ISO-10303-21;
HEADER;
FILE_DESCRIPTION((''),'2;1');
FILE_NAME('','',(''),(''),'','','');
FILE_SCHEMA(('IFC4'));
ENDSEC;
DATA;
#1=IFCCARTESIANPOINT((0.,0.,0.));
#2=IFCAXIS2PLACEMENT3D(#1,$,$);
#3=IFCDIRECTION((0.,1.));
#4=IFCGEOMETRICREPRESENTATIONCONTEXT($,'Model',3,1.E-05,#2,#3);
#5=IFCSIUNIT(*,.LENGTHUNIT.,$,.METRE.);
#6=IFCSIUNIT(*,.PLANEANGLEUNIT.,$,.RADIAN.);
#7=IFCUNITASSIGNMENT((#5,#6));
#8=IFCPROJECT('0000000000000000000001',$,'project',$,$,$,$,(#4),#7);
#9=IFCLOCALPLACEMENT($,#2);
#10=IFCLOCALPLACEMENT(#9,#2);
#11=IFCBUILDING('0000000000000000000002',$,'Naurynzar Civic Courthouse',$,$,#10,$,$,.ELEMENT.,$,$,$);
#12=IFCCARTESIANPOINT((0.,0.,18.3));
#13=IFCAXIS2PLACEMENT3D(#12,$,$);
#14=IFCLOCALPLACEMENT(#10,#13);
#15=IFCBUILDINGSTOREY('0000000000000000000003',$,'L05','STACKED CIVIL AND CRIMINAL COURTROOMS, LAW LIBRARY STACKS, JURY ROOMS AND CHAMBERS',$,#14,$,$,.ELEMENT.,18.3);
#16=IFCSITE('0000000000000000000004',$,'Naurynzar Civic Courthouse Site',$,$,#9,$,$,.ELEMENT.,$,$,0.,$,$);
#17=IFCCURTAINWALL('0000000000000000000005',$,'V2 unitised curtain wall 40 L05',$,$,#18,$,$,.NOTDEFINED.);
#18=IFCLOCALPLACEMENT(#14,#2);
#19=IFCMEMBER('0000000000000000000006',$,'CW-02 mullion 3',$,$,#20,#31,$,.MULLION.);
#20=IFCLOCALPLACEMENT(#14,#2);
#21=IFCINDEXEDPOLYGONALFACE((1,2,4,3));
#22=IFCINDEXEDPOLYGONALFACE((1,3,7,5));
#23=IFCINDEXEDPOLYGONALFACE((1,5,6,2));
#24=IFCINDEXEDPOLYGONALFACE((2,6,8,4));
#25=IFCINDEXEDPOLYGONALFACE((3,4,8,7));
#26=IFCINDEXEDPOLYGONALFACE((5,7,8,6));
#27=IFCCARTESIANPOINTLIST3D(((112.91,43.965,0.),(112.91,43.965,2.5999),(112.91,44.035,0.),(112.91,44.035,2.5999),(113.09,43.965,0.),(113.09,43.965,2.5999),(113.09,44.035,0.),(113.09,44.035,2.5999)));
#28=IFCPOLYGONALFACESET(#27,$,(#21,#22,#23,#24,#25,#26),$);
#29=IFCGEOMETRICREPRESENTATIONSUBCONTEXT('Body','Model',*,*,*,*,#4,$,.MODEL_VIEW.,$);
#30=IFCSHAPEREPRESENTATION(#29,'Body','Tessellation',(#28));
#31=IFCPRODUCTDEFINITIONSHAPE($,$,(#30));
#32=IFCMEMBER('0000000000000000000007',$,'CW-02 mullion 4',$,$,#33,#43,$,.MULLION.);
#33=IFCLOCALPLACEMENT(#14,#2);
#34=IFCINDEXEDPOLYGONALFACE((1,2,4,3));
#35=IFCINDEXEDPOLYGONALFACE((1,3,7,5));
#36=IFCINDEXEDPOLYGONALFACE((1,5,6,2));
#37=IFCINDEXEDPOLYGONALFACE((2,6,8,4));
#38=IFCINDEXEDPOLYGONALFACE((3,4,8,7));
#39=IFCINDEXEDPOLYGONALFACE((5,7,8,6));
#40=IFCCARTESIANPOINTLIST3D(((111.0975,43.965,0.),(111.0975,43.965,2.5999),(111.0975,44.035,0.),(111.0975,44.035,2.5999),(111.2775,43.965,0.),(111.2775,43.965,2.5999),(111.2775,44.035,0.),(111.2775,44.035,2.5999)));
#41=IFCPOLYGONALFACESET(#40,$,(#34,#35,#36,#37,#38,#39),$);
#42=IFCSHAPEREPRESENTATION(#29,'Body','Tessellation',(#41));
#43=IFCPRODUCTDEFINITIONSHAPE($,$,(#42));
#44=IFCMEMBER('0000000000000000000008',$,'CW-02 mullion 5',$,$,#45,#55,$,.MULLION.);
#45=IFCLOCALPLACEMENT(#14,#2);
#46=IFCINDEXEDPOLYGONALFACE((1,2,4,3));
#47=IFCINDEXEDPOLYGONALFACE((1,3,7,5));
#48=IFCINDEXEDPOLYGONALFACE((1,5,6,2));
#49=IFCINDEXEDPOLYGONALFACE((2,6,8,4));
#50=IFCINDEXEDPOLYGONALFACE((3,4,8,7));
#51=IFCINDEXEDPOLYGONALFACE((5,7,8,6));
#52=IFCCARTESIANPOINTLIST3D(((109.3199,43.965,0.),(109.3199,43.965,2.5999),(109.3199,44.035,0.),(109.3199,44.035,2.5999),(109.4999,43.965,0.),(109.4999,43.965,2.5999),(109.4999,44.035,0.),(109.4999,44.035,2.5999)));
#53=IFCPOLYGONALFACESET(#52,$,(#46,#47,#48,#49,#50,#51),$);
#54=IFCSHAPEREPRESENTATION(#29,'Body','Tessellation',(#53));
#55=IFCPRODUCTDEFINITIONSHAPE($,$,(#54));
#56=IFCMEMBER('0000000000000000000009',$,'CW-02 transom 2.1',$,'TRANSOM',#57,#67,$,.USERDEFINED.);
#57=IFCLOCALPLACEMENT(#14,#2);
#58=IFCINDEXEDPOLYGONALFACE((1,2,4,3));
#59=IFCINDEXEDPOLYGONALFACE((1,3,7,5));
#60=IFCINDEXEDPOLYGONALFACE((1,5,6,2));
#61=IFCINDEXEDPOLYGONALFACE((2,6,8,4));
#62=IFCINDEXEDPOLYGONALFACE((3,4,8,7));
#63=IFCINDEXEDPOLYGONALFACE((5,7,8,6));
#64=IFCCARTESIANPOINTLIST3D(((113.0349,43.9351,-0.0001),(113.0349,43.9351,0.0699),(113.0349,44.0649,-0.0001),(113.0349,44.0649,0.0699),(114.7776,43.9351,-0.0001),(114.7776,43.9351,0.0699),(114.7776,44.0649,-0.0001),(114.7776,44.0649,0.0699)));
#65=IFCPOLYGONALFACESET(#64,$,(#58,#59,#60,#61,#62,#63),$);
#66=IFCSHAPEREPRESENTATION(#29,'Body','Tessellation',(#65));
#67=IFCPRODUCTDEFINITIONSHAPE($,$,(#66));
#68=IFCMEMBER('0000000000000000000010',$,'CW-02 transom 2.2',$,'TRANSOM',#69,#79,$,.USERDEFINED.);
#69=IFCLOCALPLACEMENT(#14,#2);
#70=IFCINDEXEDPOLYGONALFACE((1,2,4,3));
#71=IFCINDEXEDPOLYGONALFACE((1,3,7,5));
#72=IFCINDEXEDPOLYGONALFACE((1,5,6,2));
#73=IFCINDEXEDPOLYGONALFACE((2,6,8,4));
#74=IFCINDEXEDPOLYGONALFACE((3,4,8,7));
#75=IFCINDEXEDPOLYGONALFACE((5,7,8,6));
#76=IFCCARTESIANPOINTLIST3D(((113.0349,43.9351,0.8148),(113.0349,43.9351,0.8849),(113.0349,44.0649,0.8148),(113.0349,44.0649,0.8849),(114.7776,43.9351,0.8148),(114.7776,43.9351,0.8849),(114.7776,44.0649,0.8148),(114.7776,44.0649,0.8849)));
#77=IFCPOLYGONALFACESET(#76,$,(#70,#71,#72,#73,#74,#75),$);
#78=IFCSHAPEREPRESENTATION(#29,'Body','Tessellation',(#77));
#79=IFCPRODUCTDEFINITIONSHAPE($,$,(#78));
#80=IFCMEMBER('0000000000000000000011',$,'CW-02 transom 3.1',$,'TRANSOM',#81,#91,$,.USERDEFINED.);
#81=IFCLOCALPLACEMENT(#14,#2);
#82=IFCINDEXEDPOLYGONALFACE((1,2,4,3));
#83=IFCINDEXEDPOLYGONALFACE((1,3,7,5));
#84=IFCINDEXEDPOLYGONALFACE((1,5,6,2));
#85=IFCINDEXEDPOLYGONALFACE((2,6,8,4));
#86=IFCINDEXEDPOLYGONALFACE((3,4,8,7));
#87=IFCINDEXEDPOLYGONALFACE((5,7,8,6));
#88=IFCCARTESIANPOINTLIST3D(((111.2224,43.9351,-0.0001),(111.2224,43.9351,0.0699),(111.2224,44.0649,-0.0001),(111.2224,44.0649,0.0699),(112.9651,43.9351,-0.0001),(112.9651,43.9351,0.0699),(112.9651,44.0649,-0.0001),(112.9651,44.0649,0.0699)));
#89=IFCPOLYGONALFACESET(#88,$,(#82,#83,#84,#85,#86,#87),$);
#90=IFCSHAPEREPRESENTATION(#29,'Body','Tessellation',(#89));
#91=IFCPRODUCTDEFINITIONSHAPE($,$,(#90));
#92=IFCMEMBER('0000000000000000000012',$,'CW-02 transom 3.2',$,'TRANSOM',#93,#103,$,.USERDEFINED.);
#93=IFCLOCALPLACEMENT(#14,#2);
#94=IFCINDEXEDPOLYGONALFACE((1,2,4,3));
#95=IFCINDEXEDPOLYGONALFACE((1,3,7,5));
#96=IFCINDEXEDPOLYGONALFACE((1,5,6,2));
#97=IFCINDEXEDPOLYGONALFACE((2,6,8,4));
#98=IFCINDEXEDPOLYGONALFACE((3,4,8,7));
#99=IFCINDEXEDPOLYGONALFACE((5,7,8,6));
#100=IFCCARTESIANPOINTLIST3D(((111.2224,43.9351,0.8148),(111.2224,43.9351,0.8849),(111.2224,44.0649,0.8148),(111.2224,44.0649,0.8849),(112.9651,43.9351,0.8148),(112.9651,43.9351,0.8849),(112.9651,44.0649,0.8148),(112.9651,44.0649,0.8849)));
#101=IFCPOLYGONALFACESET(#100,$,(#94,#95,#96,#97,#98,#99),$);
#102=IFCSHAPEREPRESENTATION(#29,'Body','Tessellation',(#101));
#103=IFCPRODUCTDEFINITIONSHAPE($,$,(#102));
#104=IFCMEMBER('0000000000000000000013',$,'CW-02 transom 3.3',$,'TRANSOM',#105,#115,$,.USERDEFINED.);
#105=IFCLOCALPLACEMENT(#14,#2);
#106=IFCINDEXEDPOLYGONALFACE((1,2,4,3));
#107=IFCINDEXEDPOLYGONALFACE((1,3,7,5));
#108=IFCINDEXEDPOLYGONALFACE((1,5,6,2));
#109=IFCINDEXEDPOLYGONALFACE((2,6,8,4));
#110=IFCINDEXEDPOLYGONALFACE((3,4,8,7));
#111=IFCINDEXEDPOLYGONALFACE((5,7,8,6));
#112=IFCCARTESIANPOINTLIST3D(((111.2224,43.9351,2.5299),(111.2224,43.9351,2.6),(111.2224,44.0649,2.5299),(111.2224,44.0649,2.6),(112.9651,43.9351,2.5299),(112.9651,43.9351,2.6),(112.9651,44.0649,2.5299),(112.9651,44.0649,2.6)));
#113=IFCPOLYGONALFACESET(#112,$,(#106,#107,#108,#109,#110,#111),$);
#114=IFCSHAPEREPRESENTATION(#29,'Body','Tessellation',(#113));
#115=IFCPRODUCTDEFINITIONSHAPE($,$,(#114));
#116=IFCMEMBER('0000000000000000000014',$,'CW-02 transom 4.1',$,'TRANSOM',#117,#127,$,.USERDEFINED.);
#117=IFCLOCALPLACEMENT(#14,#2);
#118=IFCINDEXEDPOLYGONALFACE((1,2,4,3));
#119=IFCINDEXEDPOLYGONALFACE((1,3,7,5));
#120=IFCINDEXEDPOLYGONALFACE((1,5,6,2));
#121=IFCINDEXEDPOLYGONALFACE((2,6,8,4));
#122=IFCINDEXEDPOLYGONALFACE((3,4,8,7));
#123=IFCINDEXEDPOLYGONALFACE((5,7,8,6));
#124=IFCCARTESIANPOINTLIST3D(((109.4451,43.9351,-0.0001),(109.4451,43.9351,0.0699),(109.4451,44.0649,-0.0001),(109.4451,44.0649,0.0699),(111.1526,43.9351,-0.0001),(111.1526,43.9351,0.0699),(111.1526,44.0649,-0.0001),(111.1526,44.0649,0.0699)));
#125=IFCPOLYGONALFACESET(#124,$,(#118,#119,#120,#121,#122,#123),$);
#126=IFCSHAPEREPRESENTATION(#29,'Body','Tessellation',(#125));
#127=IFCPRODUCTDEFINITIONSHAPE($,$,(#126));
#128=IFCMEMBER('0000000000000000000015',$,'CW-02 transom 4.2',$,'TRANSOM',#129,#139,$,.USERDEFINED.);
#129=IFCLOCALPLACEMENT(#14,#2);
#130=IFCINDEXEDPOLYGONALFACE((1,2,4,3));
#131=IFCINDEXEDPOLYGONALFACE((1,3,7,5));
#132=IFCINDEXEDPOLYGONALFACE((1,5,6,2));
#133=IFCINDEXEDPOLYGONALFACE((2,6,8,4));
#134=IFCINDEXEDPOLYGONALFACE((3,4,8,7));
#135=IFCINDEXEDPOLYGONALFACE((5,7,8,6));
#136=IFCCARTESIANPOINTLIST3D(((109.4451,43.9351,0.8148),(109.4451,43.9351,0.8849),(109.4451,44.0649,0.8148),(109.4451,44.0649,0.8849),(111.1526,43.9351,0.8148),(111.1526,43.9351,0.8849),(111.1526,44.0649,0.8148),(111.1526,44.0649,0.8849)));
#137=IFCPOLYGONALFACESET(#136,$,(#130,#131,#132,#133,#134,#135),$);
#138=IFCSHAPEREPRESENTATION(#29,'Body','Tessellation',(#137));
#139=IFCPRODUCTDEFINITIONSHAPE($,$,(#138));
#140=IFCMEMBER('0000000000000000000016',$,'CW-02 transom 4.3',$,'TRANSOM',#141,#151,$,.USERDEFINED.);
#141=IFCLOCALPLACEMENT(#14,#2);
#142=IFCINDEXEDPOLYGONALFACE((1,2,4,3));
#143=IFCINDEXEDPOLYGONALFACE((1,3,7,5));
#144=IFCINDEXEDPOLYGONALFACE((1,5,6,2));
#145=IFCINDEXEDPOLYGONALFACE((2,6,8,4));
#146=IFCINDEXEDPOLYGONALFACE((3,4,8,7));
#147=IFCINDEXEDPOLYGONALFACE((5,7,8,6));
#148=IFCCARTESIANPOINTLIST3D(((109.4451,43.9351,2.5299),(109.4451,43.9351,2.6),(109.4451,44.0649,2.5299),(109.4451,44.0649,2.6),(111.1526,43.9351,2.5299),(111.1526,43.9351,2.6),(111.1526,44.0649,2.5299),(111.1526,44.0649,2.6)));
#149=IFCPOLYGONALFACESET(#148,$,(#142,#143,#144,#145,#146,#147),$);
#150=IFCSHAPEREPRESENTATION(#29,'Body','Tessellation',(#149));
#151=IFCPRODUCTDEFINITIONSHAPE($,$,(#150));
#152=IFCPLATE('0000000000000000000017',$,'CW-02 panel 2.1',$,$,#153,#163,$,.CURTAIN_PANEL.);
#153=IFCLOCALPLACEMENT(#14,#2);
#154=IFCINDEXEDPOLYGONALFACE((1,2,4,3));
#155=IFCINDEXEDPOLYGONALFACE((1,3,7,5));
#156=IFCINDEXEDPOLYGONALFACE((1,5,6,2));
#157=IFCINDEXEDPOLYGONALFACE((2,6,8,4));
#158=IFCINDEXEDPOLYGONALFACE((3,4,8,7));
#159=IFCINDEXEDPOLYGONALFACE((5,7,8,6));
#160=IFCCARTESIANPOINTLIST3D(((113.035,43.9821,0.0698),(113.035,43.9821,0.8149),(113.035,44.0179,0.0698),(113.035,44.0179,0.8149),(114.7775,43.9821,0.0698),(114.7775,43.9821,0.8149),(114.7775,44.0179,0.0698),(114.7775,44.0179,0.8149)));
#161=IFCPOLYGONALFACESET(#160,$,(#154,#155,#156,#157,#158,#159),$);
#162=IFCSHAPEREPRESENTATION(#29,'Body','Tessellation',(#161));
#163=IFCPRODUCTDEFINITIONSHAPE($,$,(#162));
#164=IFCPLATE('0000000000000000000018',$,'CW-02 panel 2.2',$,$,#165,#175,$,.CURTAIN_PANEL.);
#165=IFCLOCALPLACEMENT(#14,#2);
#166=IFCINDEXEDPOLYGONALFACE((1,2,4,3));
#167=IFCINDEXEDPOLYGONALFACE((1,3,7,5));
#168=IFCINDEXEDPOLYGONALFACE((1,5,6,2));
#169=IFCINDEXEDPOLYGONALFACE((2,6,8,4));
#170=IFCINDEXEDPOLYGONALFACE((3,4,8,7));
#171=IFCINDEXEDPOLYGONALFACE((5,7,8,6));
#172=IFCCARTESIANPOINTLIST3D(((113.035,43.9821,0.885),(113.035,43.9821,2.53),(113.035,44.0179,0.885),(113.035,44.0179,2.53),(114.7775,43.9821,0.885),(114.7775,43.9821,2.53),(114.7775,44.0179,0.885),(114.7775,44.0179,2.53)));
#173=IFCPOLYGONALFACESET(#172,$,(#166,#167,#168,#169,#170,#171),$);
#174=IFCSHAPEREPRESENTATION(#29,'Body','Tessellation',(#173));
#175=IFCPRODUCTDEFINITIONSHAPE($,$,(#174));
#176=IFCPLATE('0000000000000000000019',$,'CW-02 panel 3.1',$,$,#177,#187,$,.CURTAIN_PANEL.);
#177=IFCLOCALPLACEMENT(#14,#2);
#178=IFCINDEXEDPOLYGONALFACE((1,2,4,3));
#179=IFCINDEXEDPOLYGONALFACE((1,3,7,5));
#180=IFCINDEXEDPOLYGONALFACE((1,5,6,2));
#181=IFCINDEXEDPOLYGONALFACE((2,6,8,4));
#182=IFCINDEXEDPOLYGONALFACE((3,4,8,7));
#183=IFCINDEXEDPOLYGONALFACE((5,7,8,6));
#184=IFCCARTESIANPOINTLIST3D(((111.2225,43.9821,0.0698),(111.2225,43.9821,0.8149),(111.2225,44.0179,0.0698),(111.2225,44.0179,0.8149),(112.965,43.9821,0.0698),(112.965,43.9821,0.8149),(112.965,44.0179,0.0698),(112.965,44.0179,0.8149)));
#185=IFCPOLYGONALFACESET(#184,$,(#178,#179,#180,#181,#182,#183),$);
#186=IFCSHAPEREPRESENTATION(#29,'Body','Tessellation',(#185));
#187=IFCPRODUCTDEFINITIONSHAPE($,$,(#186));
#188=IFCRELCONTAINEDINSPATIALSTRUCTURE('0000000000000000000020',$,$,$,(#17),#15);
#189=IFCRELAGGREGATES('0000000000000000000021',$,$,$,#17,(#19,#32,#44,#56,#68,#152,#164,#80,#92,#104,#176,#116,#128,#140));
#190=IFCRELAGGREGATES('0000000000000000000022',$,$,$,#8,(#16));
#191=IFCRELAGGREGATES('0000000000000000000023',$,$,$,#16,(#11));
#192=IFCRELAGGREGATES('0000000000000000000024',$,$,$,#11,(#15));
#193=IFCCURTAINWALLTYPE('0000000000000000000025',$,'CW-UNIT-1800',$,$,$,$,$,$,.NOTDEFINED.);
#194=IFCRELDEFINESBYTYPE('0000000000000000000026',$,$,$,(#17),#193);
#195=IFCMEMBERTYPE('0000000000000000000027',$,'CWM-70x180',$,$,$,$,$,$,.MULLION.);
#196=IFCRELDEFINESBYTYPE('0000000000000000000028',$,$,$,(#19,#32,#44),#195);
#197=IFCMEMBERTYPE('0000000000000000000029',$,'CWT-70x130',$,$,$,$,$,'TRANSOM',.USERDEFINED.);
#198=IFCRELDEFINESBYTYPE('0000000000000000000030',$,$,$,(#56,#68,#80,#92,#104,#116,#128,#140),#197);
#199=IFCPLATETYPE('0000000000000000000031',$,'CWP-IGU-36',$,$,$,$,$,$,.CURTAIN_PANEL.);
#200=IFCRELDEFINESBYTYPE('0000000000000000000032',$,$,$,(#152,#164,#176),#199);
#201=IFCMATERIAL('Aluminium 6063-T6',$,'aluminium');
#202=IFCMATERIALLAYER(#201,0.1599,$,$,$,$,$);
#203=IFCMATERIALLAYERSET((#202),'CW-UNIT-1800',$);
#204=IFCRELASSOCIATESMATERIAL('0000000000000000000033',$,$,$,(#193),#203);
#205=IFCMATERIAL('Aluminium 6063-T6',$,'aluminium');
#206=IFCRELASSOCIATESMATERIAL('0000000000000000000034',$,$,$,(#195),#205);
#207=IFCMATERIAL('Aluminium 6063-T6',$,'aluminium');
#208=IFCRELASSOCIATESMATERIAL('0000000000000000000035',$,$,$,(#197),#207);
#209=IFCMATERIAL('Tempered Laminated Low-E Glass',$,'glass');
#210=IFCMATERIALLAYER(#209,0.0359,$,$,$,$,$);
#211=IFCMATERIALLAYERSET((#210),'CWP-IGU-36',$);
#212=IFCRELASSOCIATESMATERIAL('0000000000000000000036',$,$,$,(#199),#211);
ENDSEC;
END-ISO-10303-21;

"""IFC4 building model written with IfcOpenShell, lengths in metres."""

from ifc_helpers import new_model, si_unit, direction, frame, origin, origin_2d, place, context, subcontext, project, spatial, rectangle, extrude, material, layer, layer_set, material_profile, profile_set, type_object, element, aggregate, save


model = new_model("IFC4")

# Units and contexts
model_context = context("Model", 3, precision=1e-05, world=origin(), true_north=direction((0.0, 1.0)))
body_context = subcontext(model_context, "Body", "Model", "MODEL_VIEW")
ifc_project = project(units=[si_unit("LENGTHUNIT", "METRE"), si_unit("PLANEANGLEUNIT", "RADIAN")], contexts=[model_context])

# Site, building, storey
site_placement = place(None, origin())
site = spatial("IfcSite", under=ifc_project, at=site_placement, Name="Naurynzar Civic Courthouse Site", CompositionType="ELEMENT", RefElevation=0.0)
building_placement = place(site_placement, origin())
building = spatial("IfcBuilding", under=site, at=building_placement, Name="Naurynzar Civic Courthouse", CompositionType="ELEMENT")
storey_placement = place(building_placement, frame((0.0, 0.0, 18.3)))
storey = spatial("IfcBuildingStorey", under=building, at=storey_placement, Name="L05", Description="STACKED CIVIL AND CRIMINAL COURTROOMS, LAW LIBRARY STACKS, JURY ROOMS AND CHAMBERS", CompositionType="ELEMENT", Elevation=18.3)

# Curtain wall, members, plates
ifc_material_1 = material(Name="Aluminium 6063-T6", Category="aluminium")
ifc_layer_1 = layer(ifc_material_1, 0.1599)
ifc_layer_set_1 = layer_set([ifc_layer_1], Name="CW-UNIT-1800")
curtain_wall_type = type_object("IfcCurtainWallType", Name="CW-UNIT-1800", PredefinedType="NOTDEFINED", material=ifc_layer_set_1)
curtain_wall_placement = place(storey_placement, origin())
curtain_wall = element("IfcCurtainWall", 1, at=curtain_wall_placement, inside=storey, type_object=curtain_wall_type, Name="V2 unitised curtain wall 40 L05", PredefinedType="NOTDEFINED")
ifc_material_2 = material(Name="Aluminium 6063-T6", Category="aluminium")
ifc_material_profile_1 = material_profile(ifc_material_2, rectangle(XDim=0.0701, YDim=0.1799, at=origin_2d()), Name="ALU MULLION 70x180")
ifc_profile_set_1 = profile_set([ifc_material_profile_1], Name="Aluminium 6063-T6")
member_type_1 = type_object("IfcMemberType", Name="CWM-70x180", PredefinedType="MULLION", material=ifc_profile_set_1)
member_1_placement = place(storey_placement, frame((113.0, 44.0, 0.0), z_axis=(0.0, 0.0, 1.0), x_axis=(0.0, -1.0, 0.0)))
member_1 = element("IfcMember", 2, at=member_1_placement, type_object=member_type_1, Name="CW-02 mullion 3", PredefinedType="MULLION", context=body_context, shape_type="SweptSolid", body=[
    extrude(rectangle(XDim=0.0701, YDim=0.1799, at=origin_2d()), origin(), (0.0, 0.0, 1.0), 2.5999),
])
member_2_placement = place(storey_placement, frame((111.1875, 44.0, 0.0), z_axis=(0.0, 0.0, 1.0), x_axis=(0.0, -1.0, 0.0)))
member_2 = element("IfcMember", 3, at=member_2_placement, type_object=member_type_1, Name="CW-02 mullion 4", PredefinedType="MULLION", context=body_context, shape_type="SweptSolid", body=[
    extrude(rectangle(XDim=0.0701, YDim=0.1799, at=origin_2d()), origin(), (0.0, 0.0, 1.0), 2.5999),
])
member_3_placement = place(storey_placement, frame((109.4099, 44.0, 0.0), z_axis=(0.0, 0.0, 1.0), x_axis=(0.0, -1.0, 0.0)))
member_3 = element("IfcMember", 4, at=member_3_placement, type_object=member_type_1, Name="CW-02 mullion 5", PredefinedType="MULLION", context=body_context, shape_type="SweptSolid", body=[
    extrude(rectangle(XDim=0.0701, YDim=0.1799, at=origin_2d()), origin(), (0.0, 0.0, 1.0), 2.5999),
])
ifc_material_3 = material(Name="Aluminium 6063-T6", Category="aluminium")
ifc_material_profile_2 = material_profile(ifc_material_3, rectangle(XDim=0.1299, YDim=0.0701, at=origin_2d()), Name="ALU TRANSOM 70x130")
ifc_profile_set_2 = profile_set([ifc_material_profile_2], Name="Aluminium 6063-T6")
member_type_2 = type_object("IfcMemberType", Name="CWT-70x130", ElementType="TRANSOM", PredefinedType="USERDEFINED", material=ifc_profile_set_2)
member_4_placement = place(storey_placement, frame((114.7776, 44.0, 0.0349), z_axis=(-1.0, 0.0, 0.0), x_axis=(0.0, -1.0, 0.0)))
member_4 = element("IfcMember", 5, at=member_4_placement, type_object=member_type_2, Name="CW-02 transom 2.1", ObjectType="TRANSOM", PredefinedType="USERDEFINED", context=body_context, shape_type="SweptSolid", body=[
    extrude(rectangle(XDim=0.1299, YDim=0.0701, at=origin_2d()), origin(), (0.0, 0.0, 1.0), 1.7427),
])
member_5_placement = place(storey_placement, frame((114.7776, 44.0, 0.8499), z_axis=(-1.0, 0.0, 0.0), x_axis=(0.0, -1.0, 0.0)))
member_5 = element("IfcMember", 6, at=member_5_placement, type_object=member_type_2, Name="CW-02 transom 2.2", ObjectType="TRANSOM", PredefinedType="USERDEFINED", context=body_context, shape_type="SweptSolid", body=[
    extrude(rectangle(XDim=0.1299, YDim=0.0701, at=origin_2d()), origin(), (0.0, 0.0, 1.0), 1.7427),
])
member_6_placement = place(storey_placement, frame((112.9651, 44.0, 0.0349), z_axis=(-1.0, 0.0, 0.0), x_axis=(0.0, -1.0, 0.0)))
member_6 = element("IfcMember", 7, at=member_6_placement, type_object=member_type_2, Name="CW-02 transom 3.1", ObjectType="TRANSOM", PredefinedType="USERDEFINED", context=body_context, shape_type="SweptSolid", body=[
    extrude(rectangle(XDim=0.1299, YDim=0.0701, at=origin_2d()), origin(), (0.0, 0.0, 1.0), 1.7427),
])
member_7_placement = place(storey_placement, frame((112.9651, 44.0, 0.8499), z_axis=(-1.0, 0.0, 0.0), x_axis=(0.0, -1.0, 0.0)))
member_7 = element("IfcMember", 8, at=member_7_placement, type_object=member_type_2, Name="CW-02 transom 3.2", ObjectType="TRANSOM", PredefinedType="USERDEFINED", context=body_context, shape_type="SweptSolid", body=[
    extrude(rectangle(XDim=0.1299, YDim=0.0701, at=origin_2d()), origin(), (0.0, 0.0, 1.0), 1.7427),
])
member_8_placement = place(storey_placement, frame((112.9651, 44.0, 2.5649), z_axis=(-1.0, 0.0, 0.0), x_axis=(0.0, -1.0, 0.0)))
member_8 = element("IfcMember", 9, at=member_8_placement, type_object=member_type_2, Name="CW-02 transom 3.3", ObjectType="TRANSOM", PredefinedType="USERDEFINED", context=body_context, shape_type="SweptSolid", body=[
    extrude(rectangle(XDim=0.1299, YDim=0.0701, at=origin_2d()), origin(), (0.0, 0.0, 1.0), 1.7427),
])
member_9_placement = place(storey_placement, frame((111.1526, 44.0, 0.0349), z_axis=(-1.0, 0.0, 0.0), x_axis=(0.0, -1.0, 0.0)))
member_9 = element("IfcMember", 10, at=member_9_placement, type_object=member_type_2, Name="CW-02 transom 4.1", ObjectType="TRANSOM", PredefinedType="USERDEFINED", context=body_context, shape_type="SweptSolid", body=[
    extrude(rectangle(XDim=0.1299, YDim=0.0701, at=origin_2d()), origin(), (0.0, 0.0, 1.0), 1.7075),
])
member_10_placement = place(storey_placement, frame((111.1526, 44.0, 0.8499), z_axis=(-1.0, 0.0, 0.0), x_axis=(0.0, -1.0, 0.0)))
member_10 = element("IfcMember", 11, at=member_10_placement, type_object=member_type_2, Name="CW-02 transom 4.2", ObjectType="TRANSOM", PredefinedType="USERDEFINED", context=body_context, shape_type="SweptSolid", body=[
    extrude(rectangle(XDim=0.1299, YDim=0.0701, at=origin_2d()), origin(), (0.0, 0.0, 1.0), 1.7075),
])
member_11_placement = place(storey_placement, frame((111.1526, 44.0, 2.5649), z_axis=(-1.0, 0.0, 0.0), x_axis=(0.0, -1.0, 0.0)))
member_11 = element("IfcMember", 12, at=member_11_placement, type_object=member_type_2, Name="CW-02 transom 4.3", ObjectType="TRANSOM", PredefinedType="USERDEFINED", context=body_context, shape_type="SweptSolid", body=[
    extrude(rectangle(XDim=0.1299, YDim=0.0701, at=origin_2d()), origin(), (0.0, 0.0, 1.0), 1.7075),
])
ifc_material_4 = material(Name="Tempered Laminated Low-E Glass", Category="glass")
ifc_layer_2 = layer(ifc_material_4, 0.0359)
ifc_layer_set_2 = layer_set([ifc_layer_2], Name="CWP-IGU-36")
plate_type = type_object("IfcPlateType", Name="CWP-IGU-36", PredefinedType="CURTAIN_PANEL", material=ifc_layer_set_2)
plate_1_placement = place(storey_placement, frame((113.9062, 44.0, 0.0698), z_axis=(0.0, 0.0, 1.0), x_axis=(-1.0, 0.0, 0.0)))
plate_1 = element("IfcPlate", 13, at=plate_1_placement, type_object=plate_type, Name="CW-02 panel 2.1", PredefinedType="CURTAIN_PANEL", context=body_context, shape_type="SweptSolid", body=[
    extrude(rectangle(XDim=1.7424, YDim=0.0359, at=origin_2d()), origin(), (0.0, 0.0, 1.0), 0.7451),
])
plate_2_placement = place(storey_placement, frame((113.9062, 44.0, 0.885), z_axis=(0.0, 0.0, 1.0), x_axis=(-1.0, 0.0, 0.0)))
plate_2 = element("IfcPlate", 14, at=plate_2_placement, type_object=plate_type, Name="CW-02 panel 2.2", PredefinedType="CURTAIN_PANEL", context=body_context, shape_type="SweptSolid", body=[
    extrude(rectangle(XDim=1.7424, YDim=0.0359, at=origin_2d()), origin(), (0.0, 0.0, 1.0), 1.645),
])
plate_3_placement = place(storey_placement, frame((112.0938, 44.0, 0.0698), z_axis=(0.0, 0.0, 1.0), x_axis=(-1.0, 0.0, 0.0)))
plate_3 = element("IfcPlate", 15, at=plate_3_placement, type_object=plate_type, Name="CW-02 panel 3.1", PredefinedType="CURTAIN_PANEL", context=body_context, shape_type="SweptSolid", body=[
    extrude(rectangle(XDim=1.7424, YDim=0.0359, at=origin_2d()), origin(), (0.0, 0.0, 1.0), 0.7451),
])
aggregate(curtain_wall, [member_1, member_2, member_3, member_4, member_5, plate_1, plate_2, member_6, member_7, member_8, plate_3, member_9, member_10, member_11])

save(model, "model.ifc")
